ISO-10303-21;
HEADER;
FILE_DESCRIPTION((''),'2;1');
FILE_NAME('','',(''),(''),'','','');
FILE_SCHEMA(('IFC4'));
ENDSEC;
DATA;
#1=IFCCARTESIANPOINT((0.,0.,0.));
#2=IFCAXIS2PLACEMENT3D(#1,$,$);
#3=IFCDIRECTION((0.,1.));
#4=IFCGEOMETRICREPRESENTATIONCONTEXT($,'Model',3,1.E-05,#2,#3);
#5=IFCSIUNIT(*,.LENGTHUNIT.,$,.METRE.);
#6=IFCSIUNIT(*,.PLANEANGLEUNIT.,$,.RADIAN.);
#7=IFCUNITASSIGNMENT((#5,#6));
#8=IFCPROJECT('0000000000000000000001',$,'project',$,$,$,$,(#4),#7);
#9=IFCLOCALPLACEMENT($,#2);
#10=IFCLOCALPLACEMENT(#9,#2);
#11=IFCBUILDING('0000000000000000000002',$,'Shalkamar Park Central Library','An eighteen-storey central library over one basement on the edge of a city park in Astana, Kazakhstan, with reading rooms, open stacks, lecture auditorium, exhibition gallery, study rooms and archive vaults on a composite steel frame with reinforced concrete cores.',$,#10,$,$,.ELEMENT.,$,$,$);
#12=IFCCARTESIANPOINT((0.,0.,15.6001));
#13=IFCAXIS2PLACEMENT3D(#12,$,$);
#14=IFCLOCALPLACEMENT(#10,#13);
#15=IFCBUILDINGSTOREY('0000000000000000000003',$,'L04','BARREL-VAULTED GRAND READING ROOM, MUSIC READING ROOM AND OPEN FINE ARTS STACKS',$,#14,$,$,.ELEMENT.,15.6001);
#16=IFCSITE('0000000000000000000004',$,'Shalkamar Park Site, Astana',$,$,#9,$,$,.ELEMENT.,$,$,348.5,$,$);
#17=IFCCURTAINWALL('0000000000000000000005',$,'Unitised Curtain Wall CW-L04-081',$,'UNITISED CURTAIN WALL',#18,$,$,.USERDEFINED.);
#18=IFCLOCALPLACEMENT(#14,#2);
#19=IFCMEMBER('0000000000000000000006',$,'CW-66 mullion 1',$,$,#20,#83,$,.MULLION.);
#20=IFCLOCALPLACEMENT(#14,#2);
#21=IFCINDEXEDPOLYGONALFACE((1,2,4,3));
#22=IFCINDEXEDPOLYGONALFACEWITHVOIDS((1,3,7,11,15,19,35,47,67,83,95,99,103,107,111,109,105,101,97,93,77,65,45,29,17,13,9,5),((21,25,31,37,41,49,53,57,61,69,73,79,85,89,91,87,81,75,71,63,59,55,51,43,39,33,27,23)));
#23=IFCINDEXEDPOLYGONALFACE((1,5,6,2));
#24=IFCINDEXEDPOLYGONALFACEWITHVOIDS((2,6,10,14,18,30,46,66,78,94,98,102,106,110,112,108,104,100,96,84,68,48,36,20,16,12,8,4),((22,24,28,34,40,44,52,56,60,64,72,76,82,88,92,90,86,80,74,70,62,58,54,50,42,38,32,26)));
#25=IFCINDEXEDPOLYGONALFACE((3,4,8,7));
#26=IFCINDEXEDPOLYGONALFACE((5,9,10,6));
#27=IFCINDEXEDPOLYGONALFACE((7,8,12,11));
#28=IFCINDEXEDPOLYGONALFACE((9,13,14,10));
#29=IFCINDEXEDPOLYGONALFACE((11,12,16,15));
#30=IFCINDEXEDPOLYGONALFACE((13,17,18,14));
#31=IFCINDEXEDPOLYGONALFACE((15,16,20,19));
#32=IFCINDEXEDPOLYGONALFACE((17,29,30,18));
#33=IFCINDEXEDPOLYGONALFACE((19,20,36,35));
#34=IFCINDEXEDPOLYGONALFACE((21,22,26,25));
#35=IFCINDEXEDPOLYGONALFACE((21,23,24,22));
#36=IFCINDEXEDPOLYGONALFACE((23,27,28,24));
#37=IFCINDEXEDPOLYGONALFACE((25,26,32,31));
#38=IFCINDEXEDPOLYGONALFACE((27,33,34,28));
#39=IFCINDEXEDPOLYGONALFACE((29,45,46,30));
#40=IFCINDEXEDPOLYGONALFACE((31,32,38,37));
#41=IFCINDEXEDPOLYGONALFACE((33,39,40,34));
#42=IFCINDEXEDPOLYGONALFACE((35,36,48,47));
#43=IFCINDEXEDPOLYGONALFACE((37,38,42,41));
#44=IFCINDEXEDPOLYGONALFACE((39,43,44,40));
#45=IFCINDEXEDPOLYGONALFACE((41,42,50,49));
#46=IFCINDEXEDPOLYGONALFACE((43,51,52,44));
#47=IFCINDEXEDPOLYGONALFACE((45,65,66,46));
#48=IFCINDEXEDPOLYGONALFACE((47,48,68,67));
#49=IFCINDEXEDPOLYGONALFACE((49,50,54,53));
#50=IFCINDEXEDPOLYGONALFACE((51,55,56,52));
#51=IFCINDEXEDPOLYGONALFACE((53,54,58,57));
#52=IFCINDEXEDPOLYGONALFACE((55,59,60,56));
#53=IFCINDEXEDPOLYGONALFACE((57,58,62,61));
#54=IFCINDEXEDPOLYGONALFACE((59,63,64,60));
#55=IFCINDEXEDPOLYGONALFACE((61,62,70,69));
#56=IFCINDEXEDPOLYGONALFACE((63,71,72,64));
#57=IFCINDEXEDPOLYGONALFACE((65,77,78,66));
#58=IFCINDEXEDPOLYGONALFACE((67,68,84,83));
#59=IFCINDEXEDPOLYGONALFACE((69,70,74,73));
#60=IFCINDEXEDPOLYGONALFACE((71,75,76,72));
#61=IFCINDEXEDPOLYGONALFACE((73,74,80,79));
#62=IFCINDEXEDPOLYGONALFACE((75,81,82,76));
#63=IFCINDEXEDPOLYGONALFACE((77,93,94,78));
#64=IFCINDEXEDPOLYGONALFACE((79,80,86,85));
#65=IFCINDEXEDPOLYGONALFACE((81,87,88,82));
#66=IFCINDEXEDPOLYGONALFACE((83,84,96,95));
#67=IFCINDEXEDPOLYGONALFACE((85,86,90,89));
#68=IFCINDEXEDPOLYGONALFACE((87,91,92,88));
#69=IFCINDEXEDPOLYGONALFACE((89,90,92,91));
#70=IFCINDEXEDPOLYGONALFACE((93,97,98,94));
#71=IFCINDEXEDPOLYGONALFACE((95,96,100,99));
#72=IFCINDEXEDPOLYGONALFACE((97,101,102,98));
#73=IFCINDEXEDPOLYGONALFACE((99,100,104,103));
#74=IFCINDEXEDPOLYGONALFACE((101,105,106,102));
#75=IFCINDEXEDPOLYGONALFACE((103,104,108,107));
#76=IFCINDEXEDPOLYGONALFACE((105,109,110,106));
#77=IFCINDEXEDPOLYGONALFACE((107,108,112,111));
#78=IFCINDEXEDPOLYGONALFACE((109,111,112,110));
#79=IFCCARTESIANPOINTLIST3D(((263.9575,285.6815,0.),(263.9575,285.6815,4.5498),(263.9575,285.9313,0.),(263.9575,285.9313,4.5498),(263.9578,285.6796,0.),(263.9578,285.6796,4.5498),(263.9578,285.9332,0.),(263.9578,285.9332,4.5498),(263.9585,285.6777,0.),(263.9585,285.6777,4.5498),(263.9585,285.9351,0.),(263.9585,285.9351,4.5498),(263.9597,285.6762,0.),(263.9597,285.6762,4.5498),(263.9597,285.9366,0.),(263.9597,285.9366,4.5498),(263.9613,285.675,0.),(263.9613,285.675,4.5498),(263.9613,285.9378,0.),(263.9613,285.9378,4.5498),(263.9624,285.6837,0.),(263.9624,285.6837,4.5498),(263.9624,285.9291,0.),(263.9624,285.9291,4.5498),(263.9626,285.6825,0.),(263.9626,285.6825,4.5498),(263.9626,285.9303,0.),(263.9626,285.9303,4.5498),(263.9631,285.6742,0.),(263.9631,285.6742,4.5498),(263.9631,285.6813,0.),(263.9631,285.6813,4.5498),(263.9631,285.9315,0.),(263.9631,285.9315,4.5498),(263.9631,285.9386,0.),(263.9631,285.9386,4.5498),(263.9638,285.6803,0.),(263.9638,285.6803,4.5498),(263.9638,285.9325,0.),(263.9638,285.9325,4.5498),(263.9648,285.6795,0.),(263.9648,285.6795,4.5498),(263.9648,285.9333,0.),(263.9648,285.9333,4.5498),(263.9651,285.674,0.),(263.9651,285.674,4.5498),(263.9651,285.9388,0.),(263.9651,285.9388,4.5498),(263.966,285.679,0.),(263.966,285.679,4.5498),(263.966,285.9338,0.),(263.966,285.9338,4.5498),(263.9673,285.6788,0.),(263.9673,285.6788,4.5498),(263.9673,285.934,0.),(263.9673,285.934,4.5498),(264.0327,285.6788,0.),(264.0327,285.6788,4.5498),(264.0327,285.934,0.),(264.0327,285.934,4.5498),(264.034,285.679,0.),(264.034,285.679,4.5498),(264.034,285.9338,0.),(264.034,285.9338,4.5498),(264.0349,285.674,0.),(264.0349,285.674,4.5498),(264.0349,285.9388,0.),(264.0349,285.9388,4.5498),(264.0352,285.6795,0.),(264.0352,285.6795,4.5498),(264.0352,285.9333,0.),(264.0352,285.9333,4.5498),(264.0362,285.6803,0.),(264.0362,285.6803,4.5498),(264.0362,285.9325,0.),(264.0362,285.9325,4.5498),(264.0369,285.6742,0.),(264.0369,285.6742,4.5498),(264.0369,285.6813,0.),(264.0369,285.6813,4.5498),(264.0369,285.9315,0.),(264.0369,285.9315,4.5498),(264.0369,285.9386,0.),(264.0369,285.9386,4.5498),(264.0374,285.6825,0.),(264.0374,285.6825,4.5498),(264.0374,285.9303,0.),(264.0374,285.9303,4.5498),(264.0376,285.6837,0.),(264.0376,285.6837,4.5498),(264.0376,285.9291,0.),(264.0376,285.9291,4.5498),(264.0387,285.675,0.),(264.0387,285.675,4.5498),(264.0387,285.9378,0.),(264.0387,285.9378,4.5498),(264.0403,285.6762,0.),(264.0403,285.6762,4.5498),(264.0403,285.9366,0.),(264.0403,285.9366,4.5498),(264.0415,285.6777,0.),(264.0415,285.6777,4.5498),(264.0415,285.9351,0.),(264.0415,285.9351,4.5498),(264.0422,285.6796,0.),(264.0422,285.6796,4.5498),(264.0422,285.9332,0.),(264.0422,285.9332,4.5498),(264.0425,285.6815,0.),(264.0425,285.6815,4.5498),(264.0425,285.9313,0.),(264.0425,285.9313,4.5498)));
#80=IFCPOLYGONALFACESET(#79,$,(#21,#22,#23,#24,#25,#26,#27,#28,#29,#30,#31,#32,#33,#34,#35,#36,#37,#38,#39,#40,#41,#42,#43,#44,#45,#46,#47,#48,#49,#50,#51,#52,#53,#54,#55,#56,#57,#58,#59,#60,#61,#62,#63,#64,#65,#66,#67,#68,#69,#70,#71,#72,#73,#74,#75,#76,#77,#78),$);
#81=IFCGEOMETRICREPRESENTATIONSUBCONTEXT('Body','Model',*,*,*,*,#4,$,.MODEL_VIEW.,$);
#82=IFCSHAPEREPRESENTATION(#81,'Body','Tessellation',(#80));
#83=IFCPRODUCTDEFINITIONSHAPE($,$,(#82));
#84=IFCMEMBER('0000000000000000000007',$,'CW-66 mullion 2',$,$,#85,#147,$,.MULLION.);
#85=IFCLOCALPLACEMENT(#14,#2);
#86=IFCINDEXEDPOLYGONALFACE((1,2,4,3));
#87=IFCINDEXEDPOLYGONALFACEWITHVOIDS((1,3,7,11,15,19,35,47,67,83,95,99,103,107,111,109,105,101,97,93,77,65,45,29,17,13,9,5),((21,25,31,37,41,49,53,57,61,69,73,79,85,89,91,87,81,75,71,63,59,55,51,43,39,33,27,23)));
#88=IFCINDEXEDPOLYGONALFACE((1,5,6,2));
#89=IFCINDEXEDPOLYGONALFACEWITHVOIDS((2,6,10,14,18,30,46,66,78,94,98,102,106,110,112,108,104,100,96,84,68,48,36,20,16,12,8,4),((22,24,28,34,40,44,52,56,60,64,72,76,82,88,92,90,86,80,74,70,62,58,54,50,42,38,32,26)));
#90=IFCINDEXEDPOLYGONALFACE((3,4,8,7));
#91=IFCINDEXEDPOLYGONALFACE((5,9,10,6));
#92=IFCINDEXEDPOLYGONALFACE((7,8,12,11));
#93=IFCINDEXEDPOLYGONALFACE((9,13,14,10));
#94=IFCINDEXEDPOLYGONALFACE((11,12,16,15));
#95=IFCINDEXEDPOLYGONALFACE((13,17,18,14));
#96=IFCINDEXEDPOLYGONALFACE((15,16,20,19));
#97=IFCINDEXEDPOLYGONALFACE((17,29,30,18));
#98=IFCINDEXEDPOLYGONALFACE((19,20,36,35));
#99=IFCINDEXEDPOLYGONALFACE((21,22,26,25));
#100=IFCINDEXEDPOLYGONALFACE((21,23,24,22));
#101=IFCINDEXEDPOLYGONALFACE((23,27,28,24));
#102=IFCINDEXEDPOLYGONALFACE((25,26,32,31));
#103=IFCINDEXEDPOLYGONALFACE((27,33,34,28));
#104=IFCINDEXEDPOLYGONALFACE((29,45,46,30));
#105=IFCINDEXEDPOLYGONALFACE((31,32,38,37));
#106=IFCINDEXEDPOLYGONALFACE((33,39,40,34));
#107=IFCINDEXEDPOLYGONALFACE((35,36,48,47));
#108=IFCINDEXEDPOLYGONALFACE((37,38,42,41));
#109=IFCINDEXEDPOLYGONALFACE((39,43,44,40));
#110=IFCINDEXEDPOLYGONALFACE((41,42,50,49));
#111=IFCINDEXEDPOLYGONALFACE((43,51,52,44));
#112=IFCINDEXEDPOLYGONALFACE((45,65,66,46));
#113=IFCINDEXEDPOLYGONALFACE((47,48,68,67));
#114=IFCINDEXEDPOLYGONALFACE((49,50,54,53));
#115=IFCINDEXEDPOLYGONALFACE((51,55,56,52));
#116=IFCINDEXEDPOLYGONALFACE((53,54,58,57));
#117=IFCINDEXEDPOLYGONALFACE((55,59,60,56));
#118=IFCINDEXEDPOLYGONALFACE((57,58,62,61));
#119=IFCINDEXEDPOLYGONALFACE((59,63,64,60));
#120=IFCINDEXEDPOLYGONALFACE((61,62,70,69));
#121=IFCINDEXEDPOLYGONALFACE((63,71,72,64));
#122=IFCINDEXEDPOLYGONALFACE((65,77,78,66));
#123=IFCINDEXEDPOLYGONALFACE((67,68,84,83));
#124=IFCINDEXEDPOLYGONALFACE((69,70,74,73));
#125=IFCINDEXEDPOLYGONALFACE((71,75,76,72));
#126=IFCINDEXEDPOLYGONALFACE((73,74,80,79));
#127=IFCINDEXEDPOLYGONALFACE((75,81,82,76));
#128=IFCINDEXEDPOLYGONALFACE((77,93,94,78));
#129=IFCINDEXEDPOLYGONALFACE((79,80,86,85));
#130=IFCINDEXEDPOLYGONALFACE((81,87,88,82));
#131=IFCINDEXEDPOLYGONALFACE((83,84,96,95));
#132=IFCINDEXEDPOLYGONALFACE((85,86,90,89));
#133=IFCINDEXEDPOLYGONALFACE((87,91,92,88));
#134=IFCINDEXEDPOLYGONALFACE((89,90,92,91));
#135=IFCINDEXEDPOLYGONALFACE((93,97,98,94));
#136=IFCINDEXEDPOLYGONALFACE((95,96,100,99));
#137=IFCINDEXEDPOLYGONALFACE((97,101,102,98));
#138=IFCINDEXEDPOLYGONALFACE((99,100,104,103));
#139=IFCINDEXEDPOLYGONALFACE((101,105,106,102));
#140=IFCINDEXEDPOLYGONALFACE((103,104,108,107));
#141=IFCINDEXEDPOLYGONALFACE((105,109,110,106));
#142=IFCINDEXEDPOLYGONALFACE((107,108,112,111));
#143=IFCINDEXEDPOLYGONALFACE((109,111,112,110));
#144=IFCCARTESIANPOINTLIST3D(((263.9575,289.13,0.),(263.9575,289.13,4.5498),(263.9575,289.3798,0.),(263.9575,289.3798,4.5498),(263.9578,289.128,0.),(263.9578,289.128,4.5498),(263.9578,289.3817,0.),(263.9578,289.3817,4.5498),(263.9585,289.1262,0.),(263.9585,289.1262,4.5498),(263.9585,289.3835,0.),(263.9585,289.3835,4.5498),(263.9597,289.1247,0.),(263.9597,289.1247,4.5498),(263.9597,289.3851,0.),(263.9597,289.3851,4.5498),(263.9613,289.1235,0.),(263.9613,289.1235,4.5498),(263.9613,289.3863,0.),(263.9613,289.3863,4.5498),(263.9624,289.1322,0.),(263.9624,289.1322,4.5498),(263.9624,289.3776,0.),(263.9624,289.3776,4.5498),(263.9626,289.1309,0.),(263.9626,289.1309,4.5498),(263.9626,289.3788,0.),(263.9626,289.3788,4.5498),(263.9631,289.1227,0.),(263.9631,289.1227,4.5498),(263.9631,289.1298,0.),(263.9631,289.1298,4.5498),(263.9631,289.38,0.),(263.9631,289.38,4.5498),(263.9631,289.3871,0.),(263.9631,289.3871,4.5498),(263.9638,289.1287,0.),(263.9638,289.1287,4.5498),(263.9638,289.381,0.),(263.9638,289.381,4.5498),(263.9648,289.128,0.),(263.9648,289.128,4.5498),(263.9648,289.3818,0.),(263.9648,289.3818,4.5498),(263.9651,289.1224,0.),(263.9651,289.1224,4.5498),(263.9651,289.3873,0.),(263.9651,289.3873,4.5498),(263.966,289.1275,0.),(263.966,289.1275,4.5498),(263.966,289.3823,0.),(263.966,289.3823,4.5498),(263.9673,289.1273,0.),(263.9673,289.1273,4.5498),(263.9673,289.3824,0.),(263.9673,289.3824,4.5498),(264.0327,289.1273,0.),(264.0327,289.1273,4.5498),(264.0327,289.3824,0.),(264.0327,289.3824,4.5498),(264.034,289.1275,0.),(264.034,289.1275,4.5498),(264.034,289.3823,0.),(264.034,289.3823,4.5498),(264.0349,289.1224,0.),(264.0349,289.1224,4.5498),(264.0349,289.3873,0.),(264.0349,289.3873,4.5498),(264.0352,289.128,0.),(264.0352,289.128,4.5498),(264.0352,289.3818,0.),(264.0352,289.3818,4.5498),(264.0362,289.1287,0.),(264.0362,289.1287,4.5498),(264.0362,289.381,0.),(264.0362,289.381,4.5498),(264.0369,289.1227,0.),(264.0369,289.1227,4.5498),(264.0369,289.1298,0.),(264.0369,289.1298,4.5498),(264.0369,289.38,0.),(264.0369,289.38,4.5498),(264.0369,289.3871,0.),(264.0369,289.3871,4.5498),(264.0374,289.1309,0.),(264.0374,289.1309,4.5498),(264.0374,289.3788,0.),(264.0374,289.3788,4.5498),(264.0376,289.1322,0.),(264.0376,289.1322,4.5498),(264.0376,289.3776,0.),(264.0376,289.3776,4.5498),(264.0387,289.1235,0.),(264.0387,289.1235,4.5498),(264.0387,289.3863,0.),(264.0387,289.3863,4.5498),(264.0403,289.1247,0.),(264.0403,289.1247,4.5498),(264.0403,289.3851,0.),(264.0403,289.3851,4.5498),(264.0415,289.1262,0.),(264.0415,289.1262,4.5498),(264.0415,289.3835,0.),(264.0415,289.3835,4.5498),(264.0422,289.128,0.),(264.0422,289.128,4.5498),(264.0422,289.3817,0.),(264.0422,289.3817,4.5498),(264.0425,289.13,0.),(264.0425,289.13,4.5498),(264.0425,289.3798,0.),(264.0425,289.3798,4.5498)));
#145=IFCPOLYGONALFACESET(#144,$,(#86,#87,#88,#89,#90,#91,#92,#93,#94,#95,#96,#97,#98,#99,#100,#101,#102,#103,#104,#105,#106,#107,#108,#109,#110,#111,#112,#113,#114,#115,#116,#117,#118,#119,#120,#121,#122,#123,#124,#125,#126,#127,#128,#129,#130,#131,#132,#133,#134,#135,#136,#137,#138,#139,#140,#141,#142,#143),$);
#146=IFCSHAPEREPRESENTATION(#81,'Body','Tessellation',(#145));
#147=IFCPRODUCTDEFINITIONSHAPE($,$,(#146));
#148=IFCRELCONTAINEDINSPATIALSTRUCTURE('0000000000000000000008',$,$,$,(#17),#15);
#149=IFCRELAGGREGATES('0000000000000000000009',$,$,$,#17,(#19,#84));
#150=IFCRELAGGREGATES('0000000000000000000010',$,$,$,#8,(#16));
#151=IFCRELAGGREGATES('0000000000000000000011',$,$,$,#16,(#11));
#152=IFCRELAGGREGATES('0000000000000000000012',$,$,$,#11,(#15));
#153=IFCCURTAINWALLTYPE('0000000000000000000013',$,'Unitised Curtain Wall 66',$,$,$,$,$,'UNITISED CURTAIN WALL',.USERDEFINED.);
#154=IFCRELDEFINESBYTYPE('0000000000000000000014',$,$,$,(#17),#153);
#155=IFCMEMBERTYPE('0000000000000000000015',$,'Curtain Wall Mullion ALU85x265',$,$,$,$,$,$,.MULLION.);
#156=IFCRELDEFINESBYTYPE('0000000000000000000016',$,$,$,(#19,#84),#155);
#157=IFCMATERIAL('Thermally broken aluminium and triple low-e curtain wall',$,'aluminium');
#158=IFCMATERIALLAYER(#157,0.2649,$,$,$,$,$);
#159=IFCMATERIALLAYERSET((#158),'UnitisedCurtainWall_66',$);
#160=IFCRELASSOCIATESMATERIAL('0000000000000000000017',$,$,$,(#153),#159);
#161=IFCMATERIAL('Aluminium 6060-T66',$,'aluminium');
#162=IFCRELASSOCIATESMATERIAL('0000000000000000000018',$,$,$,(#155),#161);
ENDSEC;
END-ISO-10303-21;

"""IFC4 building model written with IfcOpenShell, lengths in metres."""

from ifc_helpers import new_model, si_unit, direction, frame, origin, origin_2d, place, context, subcontext, project, spatial, hollow_rectangle, extrude, material, layer, layer_set, material_profile, profile_set, type_object, element, aggregate, save


model = new_model("IFC4")

# Units and contexts
model_context = context("Model", 3, precision=1e-05, world=origin(), true_north=direction((0.0, 1.0)))
body_context = subcontext(model_context, "Body", "Model", "MODEL_VIEW")
ifc_project = project(units=[si_unit("LENGTHUNIT", "METRE"), si_unit("PLANEANGLEUNIT", "RADIAN")], contexts=[model_context])

# Site, building, storey
site_placement = place(None, origin())
site = spatial("IfcSite", under=ifc_project, at=site_placement, Name="Shalkamar Park Site, Astana", CompositionType="ELEMENT", RefElevation=348.5)
building_placement = place(site_placement, origin())
building = spatial("IfcBuilding", under=site, at=building_placement, Name="Shalkamar Park Central Library", Description="An eighteen-storey central library over one basement on the edge of a city park in Astana, Kazakhstan, with reading rooms, open stacks, lecture auditorium, exhibition gallery, study rooms and archive vaults on a composite steel frame with reinforced concrete cores.", CompositionType="ELEMENT")
storey_placement = place(building_placement, frame((0.0, 0.0, 15.6001)))
storey = spatial("IfcBuildingStorey", under=building, at=storey_placement, Name="L04", Description="BARREL-VAULTED GRAND READING ROOM, MUSIC READING ROOM AND OPEN FINE ARTS STACKS", CompositionType="ELEMENT", Elevation=15.6001)

# Curtain wall, members
ifc_material_1 = material(Name="Thermally broken aluminium and triple low-e curtain wall", Category="aluminium")
ifc_layer_1 = layer(ifc_material_1, 0.2649)
ifc_layer_set_1 = layer_set([ifc_layer_1], Name="UnitisedCurtainWall_66")
curtain_wall_type = type_object("IfcCurtainWallType", Name="Unitised Curtain Wall 66", ElementType="UNITISED CURTAIN WALL", PredefinedType="USERDEFINED", material=ifc_layer_set_1)
curtain_wall_placement = place(storey_placement, origin())
curtain_wall = element("IfcCurtainWall", 1, at=curtain_wall_placement, inside=storey, type_object=curtain_wall_type, Name="Unitised Curtain Wall CW-L04-081", ObjectType="UNITISED CURTAIN WALL", PredefinedType="USERDEFINED")
ifc_material_2 = material(Name="Aluminium 6060-T66", Category="aluminium")
ifc_material_profile_1 = material_profile(ifc_material_2, hollow_rectangle(XDim=0.085, YDim=0.2649, WallThickness=0.0049, InnerFilletRadius=0.0049, OuterFilletRadius=0.0076, at=origin_2d()), Name="ALU 85x265x5")
ifc_profile_set_1 = profile_set([ifc_material_profile_1], Name="Aluminium 6060-T66")
member_type_1 = type_object("IfcMemberType", Name="Curtain Wall Mullion ALU85x265", PredefinedType="MULLION", material=ifc_profile_set_1)
member_1_placement = place(storey_placement, frame((264.0, 285.8064, 0.0), z_axis=(0.0, 0.0, 1.0), x_axis=(-1.0, 0.0, 0.0)))
member_1 = element("IfcMember", 2, at=member_1_placement, type_object=member_type_1, Name="CW-66 mullion 1", PredefinedType="MULLION", context=body_context, shape_type="SweptSolid", body=[
    extrude(hollow_rectangle(XDim=0.085, YDim=0.2649, WallThickness=0.0049, InnerFilletRadius=0.0049, OuterFilletRadius=0.0076, at=origin_2d()), origin(), (0.0, 0.0, 1.0), 4.5498),
])
member_2_placement = place(storey_placement, frame((264.0, 289.2549, 0.0), z_axis=(0.0, 0.0, 1.0), x_axis=(-1.0, 0.0, 0.0)))
member_2 = element("IfcMember", 3, at=member_2_placement, type_object=member_type_1, Name="CW-66 mullion 2", PredefinedType="MULLION", context=body_context, shape_type="SweptSolid", body=[
    extrude(hollow_rectangle(XDim=0.085, YDim=0.2649, WallThickness=0.0049, InnerFilletRadius=0.0049, OuterFilletRadius=0.0076, at=origin_2d()), origin(), (0.0, 0.0, 1.0), 4.5498),
])

aggregate(curtain_wall, [member_1, member_2])

save(model, "model.ifc")
